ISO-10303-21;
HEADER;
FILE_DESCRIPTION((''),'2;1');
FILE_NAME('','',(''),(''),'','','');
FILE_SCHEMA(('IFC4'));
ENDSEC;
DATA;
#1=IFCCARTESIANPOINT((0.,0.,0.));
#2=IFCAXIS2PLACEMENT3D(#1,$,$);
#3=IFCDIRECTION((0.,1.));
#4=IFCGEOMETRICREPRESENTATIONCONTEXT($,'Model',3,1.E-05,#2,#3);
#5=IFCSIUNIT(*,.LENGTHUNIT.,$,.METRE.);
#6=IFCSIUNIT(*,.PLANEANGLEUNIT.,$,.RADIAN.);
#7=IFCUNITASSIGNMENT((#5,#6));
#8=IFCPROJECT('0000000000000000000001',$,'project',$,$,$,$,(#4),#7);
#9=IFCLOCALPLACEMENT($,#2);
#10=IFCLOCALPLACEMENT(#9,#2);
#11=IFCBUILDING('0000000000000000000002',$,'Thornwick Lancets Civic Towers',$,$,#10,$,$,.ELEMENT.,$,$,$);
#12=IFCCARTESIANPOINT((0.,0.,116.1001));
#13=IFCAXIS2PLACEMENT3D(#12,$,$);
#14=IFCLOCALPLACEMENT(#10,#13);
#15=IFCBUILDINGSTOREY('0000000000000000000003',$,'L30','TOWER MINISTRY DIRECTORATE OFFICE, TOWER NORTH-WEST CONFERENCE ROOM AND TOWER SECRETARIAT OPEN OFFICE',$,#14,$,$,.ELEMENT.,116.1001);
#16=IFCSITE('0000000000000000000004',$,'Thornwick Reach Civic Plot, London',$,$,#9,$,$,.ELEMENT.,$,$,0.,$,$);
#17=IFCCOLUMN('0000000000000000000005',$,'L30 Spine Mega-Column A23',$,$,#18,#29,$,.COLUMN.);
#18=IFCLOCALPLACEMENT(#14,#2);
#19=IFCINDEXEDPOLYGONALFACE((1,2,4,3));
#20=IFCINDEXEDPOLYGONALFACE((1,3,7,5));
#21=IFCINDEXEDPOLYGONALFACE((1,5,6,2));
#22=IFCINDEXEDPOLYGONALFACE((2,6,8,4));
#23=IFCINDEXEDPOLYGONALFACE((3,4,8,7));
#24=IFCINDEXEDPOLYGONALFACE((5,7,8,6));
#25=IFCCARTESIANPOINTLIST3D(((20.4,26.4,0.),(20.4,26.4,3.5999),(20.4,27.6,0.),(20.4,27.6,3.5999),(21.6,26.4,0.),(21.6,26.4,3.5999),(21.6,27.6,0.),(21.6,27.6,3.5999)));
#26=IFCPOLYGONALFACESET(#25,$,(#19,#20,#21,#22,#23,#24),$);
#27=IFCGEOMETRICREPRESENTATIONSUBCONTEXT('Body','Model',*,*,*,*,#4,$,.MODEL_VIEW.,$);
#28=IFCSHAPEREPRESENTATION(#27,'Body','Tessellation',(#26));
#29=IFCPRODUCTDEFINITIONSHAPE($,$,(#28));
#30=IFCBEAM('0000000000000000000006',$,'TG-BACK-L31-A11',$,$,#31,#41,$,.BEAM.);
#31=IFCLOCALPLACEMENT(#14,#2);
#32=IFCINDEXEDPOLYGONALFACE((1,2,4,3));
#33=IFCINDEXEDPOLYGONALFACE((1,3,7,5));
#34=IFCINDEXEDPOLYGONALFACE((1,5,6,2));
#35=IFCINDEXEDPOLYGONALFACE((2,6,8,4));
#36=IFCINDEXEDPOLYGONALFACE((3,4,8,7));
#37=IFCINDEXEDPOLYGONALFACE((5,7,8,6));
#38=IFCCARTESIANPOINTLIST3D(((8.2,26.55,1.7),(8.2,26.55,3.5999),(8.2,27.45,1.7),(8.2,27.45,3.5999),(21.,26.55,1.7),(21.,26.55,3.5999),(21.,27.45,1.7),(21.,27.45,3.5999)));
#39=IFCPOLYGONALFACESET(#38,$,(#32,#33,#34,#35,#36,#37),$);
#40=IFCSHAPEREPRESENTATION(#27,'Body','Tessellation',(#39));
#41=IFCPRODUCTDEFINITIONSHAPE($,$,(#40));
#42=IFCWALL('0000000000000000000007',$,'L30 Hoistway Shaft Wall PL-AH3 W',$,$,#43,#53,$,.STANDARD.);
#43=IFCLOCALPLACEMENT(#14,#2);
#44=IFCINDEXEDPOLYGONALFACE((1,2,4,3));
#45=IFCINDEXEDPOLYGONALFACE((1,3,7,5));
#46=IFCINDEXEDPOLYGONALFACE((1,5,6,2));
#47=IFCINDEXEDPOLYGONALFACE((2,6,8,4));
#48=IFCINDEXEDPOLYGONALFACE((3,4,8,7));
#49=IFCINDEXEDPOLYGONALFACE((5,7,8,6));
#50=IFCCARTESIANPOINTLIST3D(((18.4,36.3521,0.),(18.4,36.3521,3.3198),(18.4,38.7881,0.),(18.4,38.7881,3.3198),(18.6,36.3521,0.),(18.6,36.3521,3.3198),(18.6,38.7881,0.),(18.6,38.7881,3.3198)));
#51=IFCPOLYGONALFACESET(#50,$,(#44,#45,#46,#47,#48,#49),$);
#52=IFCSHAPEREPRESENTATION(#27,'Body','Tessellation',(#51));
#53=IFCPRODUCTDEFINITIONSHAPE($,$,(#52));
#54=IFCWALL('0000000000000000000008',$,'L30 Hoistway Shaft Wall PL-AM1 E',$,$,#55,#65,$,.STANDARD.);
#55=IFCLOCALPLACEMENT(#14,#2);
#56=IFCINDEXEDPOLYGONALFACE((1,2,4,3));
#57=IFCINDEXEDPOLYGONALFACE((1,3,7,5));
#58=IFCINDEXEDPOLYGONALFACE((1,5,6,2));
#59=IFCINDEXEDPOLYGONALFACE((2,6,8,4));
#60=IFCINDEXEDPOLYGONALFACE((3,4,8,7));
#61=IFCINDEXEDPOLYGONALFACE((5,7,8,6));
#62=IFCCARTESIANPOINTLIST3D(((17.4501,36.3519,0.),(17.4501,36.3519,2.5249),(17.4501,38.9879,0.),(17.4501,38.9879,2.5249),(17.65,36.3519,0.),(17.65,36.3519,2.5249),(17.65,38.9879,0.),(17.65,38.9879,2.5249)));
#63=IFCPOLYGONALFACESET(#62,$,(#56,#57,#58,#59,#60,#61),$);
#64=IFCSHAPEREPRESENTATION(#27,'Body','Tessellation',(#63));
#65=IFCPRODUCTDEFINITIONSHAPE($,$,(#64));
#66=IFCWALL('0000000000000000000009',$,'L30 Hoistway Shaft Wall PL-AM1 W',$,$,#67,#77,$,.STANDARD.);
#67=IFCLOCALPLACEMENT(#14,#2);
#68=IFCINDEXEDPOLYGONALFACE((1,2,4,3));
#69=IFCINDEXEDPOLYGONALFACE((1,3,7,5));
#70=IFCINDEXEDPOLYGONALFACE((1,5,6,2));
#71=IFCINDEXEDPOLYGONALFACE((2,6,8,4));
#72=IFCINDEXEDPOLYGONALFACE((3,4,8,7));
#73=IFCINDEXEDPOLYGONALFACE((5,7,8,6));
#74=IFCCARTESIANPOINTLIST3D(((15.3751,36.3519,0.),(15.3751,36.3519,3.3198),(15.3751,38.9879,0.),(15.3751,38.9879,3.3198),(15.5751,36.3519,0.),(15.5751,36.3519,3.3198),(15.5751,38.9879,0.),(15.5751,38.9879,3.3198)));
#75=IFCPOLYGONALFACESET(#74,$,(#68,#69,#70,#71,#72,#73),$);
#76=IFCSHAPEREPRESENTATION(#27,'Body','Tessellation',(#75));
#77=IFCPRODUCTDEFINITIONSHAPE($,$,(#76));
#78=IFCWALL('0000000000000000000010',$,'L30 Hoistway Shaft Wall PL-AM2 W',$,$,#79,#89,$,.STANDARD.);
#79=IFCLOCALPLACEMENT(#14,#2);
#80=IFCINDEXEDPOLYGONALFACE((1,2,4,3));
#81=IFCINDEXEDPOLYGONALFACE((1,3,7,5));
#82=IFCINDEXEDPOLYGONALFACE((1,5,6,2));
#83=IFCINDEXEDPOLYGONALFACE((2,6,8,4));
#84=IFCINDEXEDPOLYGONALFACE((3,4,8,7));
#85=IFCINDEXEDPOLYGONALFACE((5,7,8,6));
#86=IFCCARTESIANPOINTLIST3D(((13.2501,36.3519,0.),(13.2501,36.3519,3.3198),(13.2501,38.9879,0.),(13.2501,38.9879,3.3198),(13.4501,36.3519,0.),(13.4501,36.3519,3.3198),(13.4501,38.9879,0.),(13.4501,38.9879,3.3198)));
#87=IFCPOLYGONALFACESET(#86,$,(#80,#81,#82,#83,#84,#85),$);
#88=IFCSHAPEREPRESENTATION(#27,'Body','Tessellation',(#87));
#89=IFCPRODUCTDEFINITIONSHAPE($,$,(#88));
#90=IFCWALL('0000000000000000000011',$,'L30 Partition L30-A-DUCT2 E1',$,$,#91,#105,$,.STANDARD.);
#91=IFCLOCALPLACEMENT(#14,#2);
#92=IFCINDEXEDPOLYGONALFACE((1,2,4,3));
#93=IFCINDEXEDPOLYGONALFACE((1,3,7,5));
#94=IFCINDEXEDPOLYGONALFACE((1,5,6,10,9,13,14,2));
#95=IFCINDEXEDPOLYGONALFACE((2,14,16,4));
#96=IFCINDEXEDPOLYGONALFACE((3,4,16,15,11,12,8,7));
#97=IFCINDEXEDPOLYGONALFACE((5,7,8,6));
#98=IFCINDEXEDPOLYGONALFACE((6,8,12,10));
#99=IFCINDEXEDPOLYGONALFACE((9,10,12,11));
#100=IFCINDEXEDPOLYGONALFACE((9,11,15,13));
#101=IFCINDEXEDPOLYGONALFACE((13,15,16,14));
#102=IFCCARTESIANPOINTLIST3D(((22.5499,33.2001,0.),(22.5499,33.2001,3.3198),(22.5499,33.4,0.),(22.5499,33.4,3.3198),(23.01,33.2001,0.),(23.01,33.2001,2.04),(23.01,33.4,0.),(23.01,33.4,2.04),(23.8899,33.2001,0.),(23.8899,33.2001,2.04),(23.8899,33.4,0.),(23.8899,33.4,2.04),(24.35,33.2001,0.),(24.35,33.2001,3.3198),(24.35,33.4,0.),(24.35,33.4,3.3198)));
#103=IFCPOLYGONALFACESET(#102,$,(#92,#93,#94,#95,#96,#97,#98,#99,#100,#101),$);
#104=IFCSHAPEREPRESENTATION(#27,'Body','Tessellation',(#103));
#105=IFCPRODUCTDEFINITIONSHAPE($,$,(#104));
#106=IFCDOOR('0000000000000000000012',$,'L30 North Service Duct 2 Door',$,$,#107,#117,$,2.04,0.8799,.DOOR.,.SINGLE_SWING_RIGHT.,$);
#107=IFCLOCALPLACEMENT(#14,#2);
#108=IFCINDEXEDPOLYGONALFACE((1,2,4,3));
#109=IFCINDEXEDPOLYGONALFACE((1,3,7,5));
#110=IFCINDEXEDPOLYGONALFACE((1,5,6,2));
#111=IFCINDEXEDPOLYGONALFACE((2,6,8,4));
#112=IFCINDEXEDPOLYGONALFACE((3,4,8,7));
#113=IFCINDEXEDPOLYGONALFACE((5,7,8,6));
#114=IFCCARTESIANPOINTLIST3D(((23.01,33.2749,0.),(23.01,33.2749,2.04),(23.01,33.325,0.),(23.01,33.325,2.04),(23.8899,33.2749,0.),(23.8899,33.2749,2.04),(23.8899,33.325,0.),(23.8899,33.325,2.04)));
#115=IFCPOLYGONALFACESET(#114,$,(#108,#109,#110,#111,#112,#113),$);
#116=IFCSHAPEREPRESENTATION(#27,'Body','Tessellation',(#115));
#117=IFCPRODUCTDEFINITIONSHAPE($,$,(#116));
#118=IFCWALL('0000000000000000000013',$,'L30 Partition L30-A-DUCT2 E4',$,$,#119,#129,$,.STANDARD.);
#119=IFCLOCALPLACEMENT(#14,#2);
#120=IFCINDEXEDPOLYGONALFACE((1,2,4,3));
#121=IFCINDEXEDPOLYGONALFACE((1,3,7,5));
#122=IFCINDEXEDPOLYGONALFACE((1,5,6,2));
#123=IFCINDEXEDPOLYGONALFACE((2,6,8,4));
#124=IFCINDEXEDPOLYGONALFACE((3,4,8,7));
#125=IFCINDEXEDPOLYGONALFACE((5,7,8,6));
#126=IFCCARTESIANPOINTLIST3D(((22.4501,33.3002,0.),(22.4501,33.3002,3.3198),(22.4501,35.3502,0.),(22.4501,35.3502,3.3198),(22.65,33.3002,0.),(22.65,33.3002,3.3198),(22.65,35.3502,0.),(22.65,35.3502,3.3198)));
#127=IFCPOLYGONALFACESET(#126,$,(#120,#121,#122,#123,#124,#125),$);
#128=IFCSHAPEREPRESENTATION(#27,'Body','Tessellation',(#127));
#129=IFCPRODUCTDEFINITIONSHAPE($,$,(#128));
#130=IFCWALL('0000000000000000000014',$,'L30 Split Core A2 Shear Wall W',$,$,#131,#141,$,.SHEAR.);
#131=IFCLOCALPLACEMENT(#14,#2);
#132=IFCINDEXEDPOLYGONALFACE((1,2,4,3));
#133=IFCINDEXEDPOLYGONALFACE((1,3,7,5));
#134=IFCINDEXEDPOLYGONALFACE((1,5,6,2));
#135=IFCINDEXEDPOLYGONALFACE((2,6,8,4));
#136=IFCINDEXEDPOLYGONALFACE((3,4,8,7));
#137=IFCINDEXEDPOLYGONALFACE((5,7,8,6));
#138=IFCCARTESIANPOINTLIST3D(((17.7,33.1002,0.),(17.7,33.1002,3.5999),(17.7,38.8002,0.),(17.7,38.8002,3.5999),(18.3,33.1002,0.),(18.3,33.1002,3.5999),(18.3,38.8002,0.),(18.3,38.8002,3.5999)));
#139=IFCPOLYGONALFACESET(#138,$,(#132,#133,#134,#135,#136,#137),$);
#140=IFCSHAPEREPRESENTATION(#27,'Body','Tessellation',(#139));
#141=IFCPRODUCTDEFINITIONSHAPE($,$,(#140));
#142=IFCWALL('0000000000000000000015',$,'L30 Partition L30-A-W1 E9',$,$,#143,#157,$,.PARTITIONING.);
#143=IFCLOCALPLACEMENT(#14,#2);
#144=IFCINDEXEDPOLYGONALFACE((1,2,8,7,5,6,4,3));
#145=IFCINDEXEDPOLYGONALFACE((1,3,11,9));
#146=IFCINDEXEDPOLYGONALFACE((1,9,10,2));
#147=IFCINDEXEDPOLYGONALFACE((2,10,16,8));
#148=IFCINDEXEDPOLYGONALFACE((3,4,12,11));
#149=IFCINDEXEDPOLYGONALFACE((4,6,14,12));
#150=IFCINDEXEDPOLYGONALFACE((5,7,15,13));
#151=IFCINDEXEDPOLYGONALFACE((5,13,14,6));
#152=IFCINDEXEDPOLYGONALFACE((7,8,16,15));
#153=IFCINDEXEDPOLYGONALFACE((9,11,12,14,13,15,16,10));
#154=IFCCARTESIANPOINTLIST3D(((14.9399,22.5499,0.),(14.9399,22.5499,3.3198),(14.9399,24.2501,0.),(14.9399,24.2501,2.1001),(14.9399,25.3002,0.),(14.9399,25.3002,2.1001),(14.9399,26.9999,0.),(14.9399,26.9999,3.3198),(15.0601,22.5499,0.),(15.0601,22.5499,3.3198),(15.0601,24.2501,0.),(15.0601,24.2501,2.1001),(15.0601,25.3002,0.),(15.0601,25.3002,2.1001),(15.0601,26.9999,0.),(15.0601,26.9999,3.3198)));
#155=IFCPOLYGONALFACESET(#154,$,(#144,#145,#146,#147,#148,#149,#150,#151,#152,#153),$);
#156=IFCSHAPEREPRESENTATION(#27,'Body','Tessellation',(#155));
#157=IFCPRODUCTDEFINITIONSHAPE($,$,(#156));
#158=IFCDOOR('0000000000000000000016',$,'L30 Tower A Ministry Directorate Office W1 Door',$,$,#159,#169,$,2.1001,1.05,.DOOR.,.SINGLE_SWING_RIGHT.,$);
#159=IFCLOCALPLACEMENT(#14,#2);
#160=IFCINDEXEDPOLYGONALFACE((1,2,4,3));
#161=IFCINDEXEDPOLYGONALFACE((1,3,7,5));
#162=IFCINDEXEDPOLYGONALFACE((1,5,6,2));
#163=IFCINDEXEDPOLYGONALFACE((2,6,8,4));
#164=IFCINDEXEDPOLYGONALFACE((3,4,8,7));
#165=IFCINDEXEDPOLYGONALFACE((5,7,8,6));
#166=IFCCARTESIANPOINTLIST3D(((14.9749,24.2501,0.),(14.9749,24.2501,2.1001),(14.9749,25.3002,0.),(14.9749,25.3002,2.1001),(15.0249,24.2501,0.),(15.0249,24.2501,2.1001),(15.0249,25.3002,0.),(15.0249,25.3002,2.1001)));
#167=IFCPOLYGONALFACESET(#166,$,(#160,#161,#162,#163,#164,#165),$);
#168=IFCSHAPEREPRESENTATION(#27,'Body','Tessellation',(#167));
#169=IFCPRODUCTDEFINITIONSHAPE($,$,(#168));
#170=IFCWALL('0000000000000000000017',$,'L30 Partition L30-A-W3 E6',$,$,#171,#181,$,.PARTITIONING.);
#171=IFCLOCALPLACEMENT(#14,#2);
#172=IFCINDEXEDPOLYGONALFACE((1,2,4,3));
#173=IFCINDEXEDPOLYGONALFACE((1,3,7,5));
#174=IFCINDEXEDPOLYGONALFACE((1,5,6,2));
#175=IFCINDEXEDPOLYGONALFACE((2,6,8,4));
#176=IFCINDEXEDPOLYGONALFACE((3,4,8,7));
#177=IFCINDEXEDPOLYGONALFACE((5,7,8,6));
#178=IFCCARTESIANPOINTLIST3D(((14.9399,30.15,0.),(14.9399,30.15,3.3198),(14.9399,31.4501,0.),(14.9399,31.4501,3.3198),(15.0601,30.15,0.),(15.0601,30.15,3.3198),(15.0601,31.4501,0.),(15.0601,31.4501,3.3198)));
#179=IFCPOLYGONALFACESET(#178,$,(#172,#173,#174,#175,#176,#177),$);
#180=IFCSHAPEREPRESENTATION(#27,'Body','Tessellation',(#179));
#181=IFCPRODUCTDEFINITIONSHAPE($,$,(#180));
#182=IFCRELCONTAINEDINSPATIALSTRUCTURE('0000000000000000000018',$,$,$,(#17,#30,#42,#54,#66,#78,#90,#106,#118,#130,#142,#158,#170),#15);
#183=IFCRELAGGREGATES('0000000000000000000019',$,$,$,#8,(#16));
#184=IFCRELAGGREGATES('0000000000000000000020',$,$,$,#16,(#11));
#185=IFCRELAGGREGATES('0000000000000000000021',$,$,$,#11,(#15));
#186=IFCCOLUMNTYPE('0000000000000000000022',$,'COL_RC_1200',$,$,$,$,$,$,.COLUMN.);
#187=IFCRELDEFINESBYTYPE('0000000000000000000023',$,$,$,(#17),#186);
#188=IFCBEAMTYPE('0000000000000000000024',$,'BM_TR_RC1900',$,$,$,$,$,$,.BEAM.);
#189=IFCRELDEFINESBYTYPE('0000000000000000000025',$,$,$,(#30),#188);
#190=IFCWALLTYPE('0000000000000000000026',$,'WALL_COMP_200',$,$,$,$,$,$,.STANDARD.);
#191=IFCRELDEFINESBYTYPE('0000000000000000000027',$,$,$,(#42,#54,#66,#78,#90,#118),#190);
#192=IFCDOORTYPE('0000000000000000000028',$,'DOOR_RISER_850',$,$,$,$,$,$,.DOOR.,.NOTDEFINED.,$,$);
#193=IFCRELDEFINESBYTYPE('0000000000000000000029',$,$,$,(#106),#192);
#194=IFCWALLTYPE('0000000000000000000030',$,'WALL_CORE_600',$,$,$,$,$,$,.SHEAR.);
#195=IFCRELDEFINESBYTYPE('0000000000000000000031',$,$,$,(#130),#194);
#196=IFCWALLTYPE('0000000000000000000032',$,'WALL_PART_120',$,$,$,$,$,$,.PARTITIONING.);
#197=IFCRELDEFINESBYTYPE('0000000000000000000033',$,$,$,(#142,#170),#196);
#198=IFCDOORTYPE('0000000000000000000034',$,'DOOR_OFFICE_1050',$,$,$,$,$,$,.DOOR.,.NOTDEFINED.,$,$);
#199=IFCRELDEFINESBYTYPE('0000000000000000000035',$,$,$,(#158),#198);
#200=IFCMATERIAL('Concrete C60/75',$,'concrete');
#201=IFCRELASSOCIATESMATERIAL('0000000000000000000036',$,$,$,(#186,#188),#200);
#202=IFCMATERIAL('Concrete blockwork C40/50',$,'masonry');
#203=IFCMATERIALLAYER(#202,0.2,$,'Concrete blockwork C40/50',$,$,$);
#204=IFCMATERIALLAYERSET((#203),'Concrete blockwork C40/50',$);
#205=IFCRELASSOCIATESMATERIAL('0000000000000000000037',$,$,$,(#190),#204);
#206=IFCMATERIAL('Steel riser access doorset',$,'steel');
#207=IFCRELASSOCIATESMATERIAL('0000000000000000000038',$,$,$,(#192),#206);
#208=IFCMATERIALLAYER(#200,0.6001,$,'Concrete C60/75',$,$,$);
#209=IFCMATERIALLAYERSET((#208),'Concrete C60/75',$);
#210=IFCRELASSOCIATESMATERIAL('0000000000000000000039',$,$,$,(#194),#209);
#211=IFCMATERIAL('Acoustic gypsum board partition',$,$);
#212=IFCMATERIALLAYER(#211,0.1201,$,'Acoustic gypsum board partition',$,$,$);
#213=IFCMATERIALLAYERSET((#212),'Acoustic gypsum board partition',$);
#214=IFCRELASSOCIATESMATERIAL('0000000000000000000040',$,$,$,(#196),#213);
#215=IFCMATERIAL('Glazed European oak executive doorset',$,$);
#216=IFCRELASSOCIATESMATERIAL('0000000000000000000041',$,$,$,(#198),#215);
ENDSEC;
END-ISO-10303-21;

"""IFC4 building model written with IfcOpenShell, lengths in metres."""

from ifc_helpers import new_model, si_unit, direction, frame, frame_2d, origin, origin_2d, place, context, subcontext, project, spatial, rectangle, extrude, material, layer, layer_set, material_profile, profile_set, type_object, element, fill, save


model = new_model("IFC4")

# Units and contexts
model_context = context("Model", 3, precision=1e-05, world=origin(), true_north=direction((0.0, 1.0)))
body_context = subcontext(model_context, "Body", "Model", "MODEL_VIEW")
ifc_project = project(units=[si_unit("LENGTHUNIT", "METRE"), si_unit("PLANEANGLEUNIT", "RADIAN")], contexts=[model_context])

# Site, building, storey
site_placement = place(None, origin())
site = spatial("IfcSite", under=ifc_project, at=site_placement, Name="Thornwick Reach Civic Plot, London", CompositionType="ELEMENT", RefElevation=0.0)
building_placement = place(site_placement, origin())
building = spatial("IfcBuilding", under=site, at=building_placement, Name="Thornwick Lancets Civic Towers", CompositionType="ELEMENT")
storey_placement = place(building_placement, frame((0.0, 0.0, 116.1001)))
storey = spatial("IfcBuildingStorey", under=building, at=storey_placement, Name="L30", Description="TOWER MINISTRY DIRECTORATE OFFICE, TOWER NORTH-WEST CONFERENCE ROOM AND TOWER SECRETARIAT OPEN OFFICE", CompositionType="ELEMENT", Elevation=116.1001)

# Column
ifc_material_1 = material(Name="Concrete C60/75", Category="concrete")
ifc_material_profile_1 = material_profile(ifc_material_1, rectangle(XDim=1.2, YDim=1.2, at=origin_2d()), Name="RC 1200x1200")
ifc_profile_set_1 = profile_set([ifc_material_profile_1], Name="Concrete C60/75")
column_type = type_object("IfcColumnType", Name="COL_RC_1200", PredefinedType="COLUMN", material=ifc_profile_set_1)
column_placement = place(storey_placement, frame((21.0, 27.0, 0.0), z_axis=(0.0, 0.0, 1.0), x_axis=(1.0, 0.0, 0.0)))
element("IfcColumn", 1, at=column_placement, inside=storey, type_object=column_type, Name="L30 Spine Mega-Column A23", PredefinedType="COLUMN", context=body_context, shape_type="SweptSolid", body=[
    extrude(rectangle(XDim=1.2, YDim=1.2, at=origin_2d()), origin(), (0.0, 0.0, 1.0), 3.5999),
])

# Beam
ifc_material_profile_2 = material_profile(ifc_material_1, rectangle(XDim=0.8999, YDim=1.8999, at=origin_2d()), Name="RC 900x1900")
ifc_profile_set_2 = profile_set([ifc_material_profile_2], Name="Concrete C60/75")
beam_type = type_object("IfcBeamType", Name="BM_TR_RC1900", PredefinedType="BEAM", material=ifc_profile_set_2)
beam_placement = place(storey_placement, frame((21.0, 27.0, 2.6499), z_axis=(-1.0, 0.0, 0.0), x_axis=(0.0, -1.0, 0.0)))
element("IfcBeam", 2, at=beam_placement, inside=storey, type_object=beam_type, Name="TG-BACK-L31-A11", PredefinedType="BEAM", context=body_context, shape_type="SweptSolid", body=[
    extrude(rectangle(XDim=0.8999, YDim=1.8999, at=origin_2d()), origin(), (0.0, 0.0, 1.0), 12.8),
])

# Walls
ifc_material_2 = material(Name="Concrete blockwork C40/50", Category="masonry")
ifc_layer_1 = layer(ifc_material_2, 0.2, Name="Concrete blockwork C40/50")
ifc_layer_set_1 = layer_set([ifc_layer_1], Name="Concrete blockwork C40/50")
wall_type_1 = type_object("IfcWallType", Name="WALL_COMP_200", PredefinedType="STANDARD", material=ifc_layer_set_1)
wall_1_placement = place(storey_placement, frame((18.5, 36.3521, 0.0), z_axis=(0.0, 0.0, 1.0), x_axis=(0.0, 1.0, 0.0)))
element("IfcWall", 3, at=wall_1_placement, inside=storey, type_object=wall_type_1, Name="L30 Hoistway Shaft Wall PL-AH3 W", PredefinedType="STANDARD", context=body_context, shape_type="SweptSolid", body=[
    extrude(rectangle(XDim=2.436, YDim=0.2, at=frame_2d((1.218, 0.0))), origin(), (0.0, 0.0, 1.0), 3.3198),
])
wall_2_placement = place(storey_placement, frame((17.55, 36.3521, 0.0), z_axis=(0.0, 0.0, 1.0), x_axis=(0.0, 1.0, 0.0)))
element("IfcWall", 4, at=wall_2_placement, inside=storey, type_object=wall_type_1, Name="L30 Hoistway Shaft Wall PL-AM1 E", PredefinedType="STANDARD", context=body_context, shape_type="SweptSolid", body=[
    extrude(rectangle(XDim=2.636, YDim=0.2, at=frame_2d((1.3179, 0.0))), origin(), (0.0, 0.0, 1.0), 2.5249),
])
for number, where, z_axis, x_axis, name in (
    (5, (15.4751, 36.3521, 0.0), (0.0, 0.0, 1.0), (0.0, 1.0, 0.0), "L30 Hoistway Shaft Wall PL-AM1 W"),
    (6, (13.3501, 36.3521, 0.0), (0.0, 0.0, 1.0), (0.0, 1.0, 0.0), "L30 Hoistway Shaft Wall PL-AM2 W"),
):
    element("IfcWall", number, at=place(storey_placement, frame(where, z_axis=z_axis, x_axis=x_axis)), inside=storey, type_object=wall_type_1, Name=name, PredefinedType="STANDARD", context=body_context, shape_type="SweptSolid", body=[
        extrude(rectangle(XDim=2.636, YDim=0.2, at=frame_2d((1.3179, 0.0))), origin(), (0.0, 0.0, 1.0), 3.3198),
    ])

# Wall, opening, door
wall_3_placement = place(storey_placement, frame((22.55, 33.3, 0.0), z_axis=(0.0, 0.0, 1.0), x_axis=(1.0, 0.0, 0.0)))
wall_3 = element("IfcWall", 7, at=wall_3_placement, inside=storey, type_object=wall_type_1, Name="L30 Partition L30-A-DUCT2 E1", PredefinedType="STANDARD", context=body_context, shape_type="SweptSolid", body=[
    extrude(rectangle(XDim=1.8, YDim=0.2, at=frame_2d((0.8999, 0.0))), origin(), (0.0, 0.0, 1.0), 3.3198),
])
opening_1_placement = place(wall_3_placement, frame((0.46, 0.0, 0.0)))
opening_1 = element("IfcOpeningElement", 8, at=opening_1_placement, cuts=wall_3, PredefinedType="OPENING", context=body_context, shape_type="SweptSolid", body=[
    extrude(rectangle(XDim=0.8799, YDim=2.04, at=frame_2d((0.4399, 1.02))), frame((0.0, 0.1099, 0.0), z_axis=(0.0, -1.0, 0.0), x_axis=(1.0, 0.0, 0.0)), (0.0, 0.0, 1.0), 0.22),
])
ifc_material_3 = material(Name="Steel riser access doorset", Category="steel")
door_type_1 = type_object("IfcDoorType", Name="DOOR_RISER_850", OperationType="NOTDEFINED", PredefinedType="DOOR", material=ifc_material_3)
door_1_placement = place(opening_1_placement, origin())
door_1 = element("IfcDoor", 9, at=door_1_placement, inside=storey, type_object=door_type_1, Name="L30 North Service Duct 2 Door", OperationType="SINGLE_SWING_RIGHT", OverallHeight=2.04, OverallWidth=0.8799, PredefinedType="DOOR", context=body_context, shape_type="SweptSolid", body=[
    extrude(rectangle(XDim=0.8799, YDim=2.04, at=frame_2d((0.4399, 1.02))), frame((0.0, 0.0249, 0.0), z_axis=(0.0, -1.0, 0.0), x_axis=(1.0, 0.0, 0.0)), (0.0, 0.0, 1.0), 0.05),
])
fill(opening_1, door_1)

# Walls
wall_4_placement = place(storey_placement, frame((22.55, 35.3501, 0.0), z_axis=(0.0, 0.0, 1.0), x_axis=(0.0, -1.0, 0.0)))
element("IfcWall", 10, at=wall_4_placement, inside=storey, type_object=wall_type_1, Name="L30 Partition L30-A-DUCT2 E4", PredefinedType="STANDARD", context=body_context, shape_type="SweptSolid", body=[
    extrude(rectangle(XDim=2.05, YDim=0.2, at=frame_2d((1.0249, 0.0))), origin(), (0.0, 0.0, 1.0), 3.3198),
])
ifc_layer_2 = layer(ifc_material_1, 0.6001, Name="Concrete C60/75")
ifc_layer_set_2 = layer_set([ifc_layer_2], Name="Concrete C60/75")
wall_type_2 = type_object("IfcWallType", Name="WALL_CORE_600", PredefinedType="SHEAR", material=ifc_layer_set_2)
wall_5_placement = place(storey_placement, frame((18.0, 33.1001, 0.0), z_axis=(0.0, 0.0, 1.0), x_axis=(0.0, 1.0, 0.0)))
element("IfcWall", 11, at=wall_5_placement, inside=storey, type_object=wall_type_2, Name="L30 Split Core A2 Shear Wall W", PredefinedType="SHEAR", context=body_context, shape_type="SweptSolid", body=[
    extrude(rectangle(XDim=5.7, YDim=0.6001, at=frame_2d((2.8501, 0.0))), origin(), (0.0, 0.0, 1.0), 3.5999),
])

# Wall, opening, door
ifc_material_4 = material(Name="Acoustic gypsum board partition")
ifc_layer_3 = layer(ifc_material_4, 0.1201, Name="Acoustic gypsum board partition")
ifc_layer_set_3 = layer_set([ifc_layer_3], Name="Acoustic gypsum board partition")
wall_type_3 = type_object("IfcWallType", Name="WALL_PART_120", PredefinedType="PARTITIONING", material=ifc_layer_set_3)
wall_6_placement = place(storey_placement, frame((15.0, 27.0, 0.0), z_axis=(0.0, 0.0, 1.0), x_axis=(0.0, -1.0, 0.0)))
wall_6 = element("IfcWall", 12, at=wall_6_placement, inside=storey, type_object=wall_type_3, Name="L30 Partition L30-A-W1 E9", PredefinedType="PARTITIONING", context=body_context, shape_type="SweptSolid", body=[
    extrude(rectangle(XDim=4.45, YDim=0.1201, at=frame_2d((2.2251, 0.0))), origin(), (0.0, 0.0, 1.0), 3.3198),
])
opening_2_placement = place(wall_6_placement, frame((1.7, 0.0, 0.0)))
opening_2 = element("IfcOpeningElement", 13, at=opening_2_placement, cuts=wall_6, PredefinedType="OPENING", context=body_context, shape_type="SweptSolid", body=[
    extrude(rectangle(XDim=1.05, YDim=2.1001, at=frame_2d((0.5249, 1.05))), frame((0.0, 0.0701, 0.0), z_axis=(0.0, -1.0, 0.0), x_axis=(1.0, 0.0, 0.0)), (0.0, 0.0, 1.0), 0.1401),
])
ifc_material_5 = material(Name="Glazed European oak executive doorset")
door_type_2 = type_object("IfcDoorType", Name="DOOR_OFFICE_1050", OperationType="NOTDEFINED", PredefinedType="DOOR", material=ifc_material_5)
door_2_placement = place(opening_2_placement, origin())
door_2 = element("IfcDoor", 14, at=door_2_placement, inside=storey, type_object=door_type_2, Name="L30 Tower A Ministry Directorate Office W1 Door", OperationType="SINGLE_SWING_RIGHT", OverallHeight=2.1001, OverallWidth=1.05, PredefinedType="DOOR", context=body_context, shape_type="SweptSolid", body=[
    extrude(rectangle(XDim=1.05, YDim=2.1001, at=frame_2d((0.5249, 1.05))), frame((0.0, 0.0249, 0.0), z_axis=(0.0, -1.0, 0.0), x_axis=(1.0, 0.0, 0.0)), (0.0, 0.0, 1.0), 0.05),
])
fill(opening_2, door_2)

# Wall
wall_7_placement = place(storey_placement, frame((15.0, 31.45, 0.0), z_axis=(0.0, 0.0, 1.0), x_axis=(0.0, -1.0, 0.0)))
element("IfcWall", 15, at=wall_7_placement, inside=storey, type_object=wall_type_3, Name="L30 Partition L30-A-W3 E6", PredefinedType="PARTITIONING", context=body_context, shape_type="SweptSolid", body=[
    extrude(rectangle(XDim=1.3, YDim=0.1201, at=frame_2d((0.6499, 0.0))), origin(), (0.0, 0.0, 1.0), 3.3198),
])

save(model, "model.ifc")
